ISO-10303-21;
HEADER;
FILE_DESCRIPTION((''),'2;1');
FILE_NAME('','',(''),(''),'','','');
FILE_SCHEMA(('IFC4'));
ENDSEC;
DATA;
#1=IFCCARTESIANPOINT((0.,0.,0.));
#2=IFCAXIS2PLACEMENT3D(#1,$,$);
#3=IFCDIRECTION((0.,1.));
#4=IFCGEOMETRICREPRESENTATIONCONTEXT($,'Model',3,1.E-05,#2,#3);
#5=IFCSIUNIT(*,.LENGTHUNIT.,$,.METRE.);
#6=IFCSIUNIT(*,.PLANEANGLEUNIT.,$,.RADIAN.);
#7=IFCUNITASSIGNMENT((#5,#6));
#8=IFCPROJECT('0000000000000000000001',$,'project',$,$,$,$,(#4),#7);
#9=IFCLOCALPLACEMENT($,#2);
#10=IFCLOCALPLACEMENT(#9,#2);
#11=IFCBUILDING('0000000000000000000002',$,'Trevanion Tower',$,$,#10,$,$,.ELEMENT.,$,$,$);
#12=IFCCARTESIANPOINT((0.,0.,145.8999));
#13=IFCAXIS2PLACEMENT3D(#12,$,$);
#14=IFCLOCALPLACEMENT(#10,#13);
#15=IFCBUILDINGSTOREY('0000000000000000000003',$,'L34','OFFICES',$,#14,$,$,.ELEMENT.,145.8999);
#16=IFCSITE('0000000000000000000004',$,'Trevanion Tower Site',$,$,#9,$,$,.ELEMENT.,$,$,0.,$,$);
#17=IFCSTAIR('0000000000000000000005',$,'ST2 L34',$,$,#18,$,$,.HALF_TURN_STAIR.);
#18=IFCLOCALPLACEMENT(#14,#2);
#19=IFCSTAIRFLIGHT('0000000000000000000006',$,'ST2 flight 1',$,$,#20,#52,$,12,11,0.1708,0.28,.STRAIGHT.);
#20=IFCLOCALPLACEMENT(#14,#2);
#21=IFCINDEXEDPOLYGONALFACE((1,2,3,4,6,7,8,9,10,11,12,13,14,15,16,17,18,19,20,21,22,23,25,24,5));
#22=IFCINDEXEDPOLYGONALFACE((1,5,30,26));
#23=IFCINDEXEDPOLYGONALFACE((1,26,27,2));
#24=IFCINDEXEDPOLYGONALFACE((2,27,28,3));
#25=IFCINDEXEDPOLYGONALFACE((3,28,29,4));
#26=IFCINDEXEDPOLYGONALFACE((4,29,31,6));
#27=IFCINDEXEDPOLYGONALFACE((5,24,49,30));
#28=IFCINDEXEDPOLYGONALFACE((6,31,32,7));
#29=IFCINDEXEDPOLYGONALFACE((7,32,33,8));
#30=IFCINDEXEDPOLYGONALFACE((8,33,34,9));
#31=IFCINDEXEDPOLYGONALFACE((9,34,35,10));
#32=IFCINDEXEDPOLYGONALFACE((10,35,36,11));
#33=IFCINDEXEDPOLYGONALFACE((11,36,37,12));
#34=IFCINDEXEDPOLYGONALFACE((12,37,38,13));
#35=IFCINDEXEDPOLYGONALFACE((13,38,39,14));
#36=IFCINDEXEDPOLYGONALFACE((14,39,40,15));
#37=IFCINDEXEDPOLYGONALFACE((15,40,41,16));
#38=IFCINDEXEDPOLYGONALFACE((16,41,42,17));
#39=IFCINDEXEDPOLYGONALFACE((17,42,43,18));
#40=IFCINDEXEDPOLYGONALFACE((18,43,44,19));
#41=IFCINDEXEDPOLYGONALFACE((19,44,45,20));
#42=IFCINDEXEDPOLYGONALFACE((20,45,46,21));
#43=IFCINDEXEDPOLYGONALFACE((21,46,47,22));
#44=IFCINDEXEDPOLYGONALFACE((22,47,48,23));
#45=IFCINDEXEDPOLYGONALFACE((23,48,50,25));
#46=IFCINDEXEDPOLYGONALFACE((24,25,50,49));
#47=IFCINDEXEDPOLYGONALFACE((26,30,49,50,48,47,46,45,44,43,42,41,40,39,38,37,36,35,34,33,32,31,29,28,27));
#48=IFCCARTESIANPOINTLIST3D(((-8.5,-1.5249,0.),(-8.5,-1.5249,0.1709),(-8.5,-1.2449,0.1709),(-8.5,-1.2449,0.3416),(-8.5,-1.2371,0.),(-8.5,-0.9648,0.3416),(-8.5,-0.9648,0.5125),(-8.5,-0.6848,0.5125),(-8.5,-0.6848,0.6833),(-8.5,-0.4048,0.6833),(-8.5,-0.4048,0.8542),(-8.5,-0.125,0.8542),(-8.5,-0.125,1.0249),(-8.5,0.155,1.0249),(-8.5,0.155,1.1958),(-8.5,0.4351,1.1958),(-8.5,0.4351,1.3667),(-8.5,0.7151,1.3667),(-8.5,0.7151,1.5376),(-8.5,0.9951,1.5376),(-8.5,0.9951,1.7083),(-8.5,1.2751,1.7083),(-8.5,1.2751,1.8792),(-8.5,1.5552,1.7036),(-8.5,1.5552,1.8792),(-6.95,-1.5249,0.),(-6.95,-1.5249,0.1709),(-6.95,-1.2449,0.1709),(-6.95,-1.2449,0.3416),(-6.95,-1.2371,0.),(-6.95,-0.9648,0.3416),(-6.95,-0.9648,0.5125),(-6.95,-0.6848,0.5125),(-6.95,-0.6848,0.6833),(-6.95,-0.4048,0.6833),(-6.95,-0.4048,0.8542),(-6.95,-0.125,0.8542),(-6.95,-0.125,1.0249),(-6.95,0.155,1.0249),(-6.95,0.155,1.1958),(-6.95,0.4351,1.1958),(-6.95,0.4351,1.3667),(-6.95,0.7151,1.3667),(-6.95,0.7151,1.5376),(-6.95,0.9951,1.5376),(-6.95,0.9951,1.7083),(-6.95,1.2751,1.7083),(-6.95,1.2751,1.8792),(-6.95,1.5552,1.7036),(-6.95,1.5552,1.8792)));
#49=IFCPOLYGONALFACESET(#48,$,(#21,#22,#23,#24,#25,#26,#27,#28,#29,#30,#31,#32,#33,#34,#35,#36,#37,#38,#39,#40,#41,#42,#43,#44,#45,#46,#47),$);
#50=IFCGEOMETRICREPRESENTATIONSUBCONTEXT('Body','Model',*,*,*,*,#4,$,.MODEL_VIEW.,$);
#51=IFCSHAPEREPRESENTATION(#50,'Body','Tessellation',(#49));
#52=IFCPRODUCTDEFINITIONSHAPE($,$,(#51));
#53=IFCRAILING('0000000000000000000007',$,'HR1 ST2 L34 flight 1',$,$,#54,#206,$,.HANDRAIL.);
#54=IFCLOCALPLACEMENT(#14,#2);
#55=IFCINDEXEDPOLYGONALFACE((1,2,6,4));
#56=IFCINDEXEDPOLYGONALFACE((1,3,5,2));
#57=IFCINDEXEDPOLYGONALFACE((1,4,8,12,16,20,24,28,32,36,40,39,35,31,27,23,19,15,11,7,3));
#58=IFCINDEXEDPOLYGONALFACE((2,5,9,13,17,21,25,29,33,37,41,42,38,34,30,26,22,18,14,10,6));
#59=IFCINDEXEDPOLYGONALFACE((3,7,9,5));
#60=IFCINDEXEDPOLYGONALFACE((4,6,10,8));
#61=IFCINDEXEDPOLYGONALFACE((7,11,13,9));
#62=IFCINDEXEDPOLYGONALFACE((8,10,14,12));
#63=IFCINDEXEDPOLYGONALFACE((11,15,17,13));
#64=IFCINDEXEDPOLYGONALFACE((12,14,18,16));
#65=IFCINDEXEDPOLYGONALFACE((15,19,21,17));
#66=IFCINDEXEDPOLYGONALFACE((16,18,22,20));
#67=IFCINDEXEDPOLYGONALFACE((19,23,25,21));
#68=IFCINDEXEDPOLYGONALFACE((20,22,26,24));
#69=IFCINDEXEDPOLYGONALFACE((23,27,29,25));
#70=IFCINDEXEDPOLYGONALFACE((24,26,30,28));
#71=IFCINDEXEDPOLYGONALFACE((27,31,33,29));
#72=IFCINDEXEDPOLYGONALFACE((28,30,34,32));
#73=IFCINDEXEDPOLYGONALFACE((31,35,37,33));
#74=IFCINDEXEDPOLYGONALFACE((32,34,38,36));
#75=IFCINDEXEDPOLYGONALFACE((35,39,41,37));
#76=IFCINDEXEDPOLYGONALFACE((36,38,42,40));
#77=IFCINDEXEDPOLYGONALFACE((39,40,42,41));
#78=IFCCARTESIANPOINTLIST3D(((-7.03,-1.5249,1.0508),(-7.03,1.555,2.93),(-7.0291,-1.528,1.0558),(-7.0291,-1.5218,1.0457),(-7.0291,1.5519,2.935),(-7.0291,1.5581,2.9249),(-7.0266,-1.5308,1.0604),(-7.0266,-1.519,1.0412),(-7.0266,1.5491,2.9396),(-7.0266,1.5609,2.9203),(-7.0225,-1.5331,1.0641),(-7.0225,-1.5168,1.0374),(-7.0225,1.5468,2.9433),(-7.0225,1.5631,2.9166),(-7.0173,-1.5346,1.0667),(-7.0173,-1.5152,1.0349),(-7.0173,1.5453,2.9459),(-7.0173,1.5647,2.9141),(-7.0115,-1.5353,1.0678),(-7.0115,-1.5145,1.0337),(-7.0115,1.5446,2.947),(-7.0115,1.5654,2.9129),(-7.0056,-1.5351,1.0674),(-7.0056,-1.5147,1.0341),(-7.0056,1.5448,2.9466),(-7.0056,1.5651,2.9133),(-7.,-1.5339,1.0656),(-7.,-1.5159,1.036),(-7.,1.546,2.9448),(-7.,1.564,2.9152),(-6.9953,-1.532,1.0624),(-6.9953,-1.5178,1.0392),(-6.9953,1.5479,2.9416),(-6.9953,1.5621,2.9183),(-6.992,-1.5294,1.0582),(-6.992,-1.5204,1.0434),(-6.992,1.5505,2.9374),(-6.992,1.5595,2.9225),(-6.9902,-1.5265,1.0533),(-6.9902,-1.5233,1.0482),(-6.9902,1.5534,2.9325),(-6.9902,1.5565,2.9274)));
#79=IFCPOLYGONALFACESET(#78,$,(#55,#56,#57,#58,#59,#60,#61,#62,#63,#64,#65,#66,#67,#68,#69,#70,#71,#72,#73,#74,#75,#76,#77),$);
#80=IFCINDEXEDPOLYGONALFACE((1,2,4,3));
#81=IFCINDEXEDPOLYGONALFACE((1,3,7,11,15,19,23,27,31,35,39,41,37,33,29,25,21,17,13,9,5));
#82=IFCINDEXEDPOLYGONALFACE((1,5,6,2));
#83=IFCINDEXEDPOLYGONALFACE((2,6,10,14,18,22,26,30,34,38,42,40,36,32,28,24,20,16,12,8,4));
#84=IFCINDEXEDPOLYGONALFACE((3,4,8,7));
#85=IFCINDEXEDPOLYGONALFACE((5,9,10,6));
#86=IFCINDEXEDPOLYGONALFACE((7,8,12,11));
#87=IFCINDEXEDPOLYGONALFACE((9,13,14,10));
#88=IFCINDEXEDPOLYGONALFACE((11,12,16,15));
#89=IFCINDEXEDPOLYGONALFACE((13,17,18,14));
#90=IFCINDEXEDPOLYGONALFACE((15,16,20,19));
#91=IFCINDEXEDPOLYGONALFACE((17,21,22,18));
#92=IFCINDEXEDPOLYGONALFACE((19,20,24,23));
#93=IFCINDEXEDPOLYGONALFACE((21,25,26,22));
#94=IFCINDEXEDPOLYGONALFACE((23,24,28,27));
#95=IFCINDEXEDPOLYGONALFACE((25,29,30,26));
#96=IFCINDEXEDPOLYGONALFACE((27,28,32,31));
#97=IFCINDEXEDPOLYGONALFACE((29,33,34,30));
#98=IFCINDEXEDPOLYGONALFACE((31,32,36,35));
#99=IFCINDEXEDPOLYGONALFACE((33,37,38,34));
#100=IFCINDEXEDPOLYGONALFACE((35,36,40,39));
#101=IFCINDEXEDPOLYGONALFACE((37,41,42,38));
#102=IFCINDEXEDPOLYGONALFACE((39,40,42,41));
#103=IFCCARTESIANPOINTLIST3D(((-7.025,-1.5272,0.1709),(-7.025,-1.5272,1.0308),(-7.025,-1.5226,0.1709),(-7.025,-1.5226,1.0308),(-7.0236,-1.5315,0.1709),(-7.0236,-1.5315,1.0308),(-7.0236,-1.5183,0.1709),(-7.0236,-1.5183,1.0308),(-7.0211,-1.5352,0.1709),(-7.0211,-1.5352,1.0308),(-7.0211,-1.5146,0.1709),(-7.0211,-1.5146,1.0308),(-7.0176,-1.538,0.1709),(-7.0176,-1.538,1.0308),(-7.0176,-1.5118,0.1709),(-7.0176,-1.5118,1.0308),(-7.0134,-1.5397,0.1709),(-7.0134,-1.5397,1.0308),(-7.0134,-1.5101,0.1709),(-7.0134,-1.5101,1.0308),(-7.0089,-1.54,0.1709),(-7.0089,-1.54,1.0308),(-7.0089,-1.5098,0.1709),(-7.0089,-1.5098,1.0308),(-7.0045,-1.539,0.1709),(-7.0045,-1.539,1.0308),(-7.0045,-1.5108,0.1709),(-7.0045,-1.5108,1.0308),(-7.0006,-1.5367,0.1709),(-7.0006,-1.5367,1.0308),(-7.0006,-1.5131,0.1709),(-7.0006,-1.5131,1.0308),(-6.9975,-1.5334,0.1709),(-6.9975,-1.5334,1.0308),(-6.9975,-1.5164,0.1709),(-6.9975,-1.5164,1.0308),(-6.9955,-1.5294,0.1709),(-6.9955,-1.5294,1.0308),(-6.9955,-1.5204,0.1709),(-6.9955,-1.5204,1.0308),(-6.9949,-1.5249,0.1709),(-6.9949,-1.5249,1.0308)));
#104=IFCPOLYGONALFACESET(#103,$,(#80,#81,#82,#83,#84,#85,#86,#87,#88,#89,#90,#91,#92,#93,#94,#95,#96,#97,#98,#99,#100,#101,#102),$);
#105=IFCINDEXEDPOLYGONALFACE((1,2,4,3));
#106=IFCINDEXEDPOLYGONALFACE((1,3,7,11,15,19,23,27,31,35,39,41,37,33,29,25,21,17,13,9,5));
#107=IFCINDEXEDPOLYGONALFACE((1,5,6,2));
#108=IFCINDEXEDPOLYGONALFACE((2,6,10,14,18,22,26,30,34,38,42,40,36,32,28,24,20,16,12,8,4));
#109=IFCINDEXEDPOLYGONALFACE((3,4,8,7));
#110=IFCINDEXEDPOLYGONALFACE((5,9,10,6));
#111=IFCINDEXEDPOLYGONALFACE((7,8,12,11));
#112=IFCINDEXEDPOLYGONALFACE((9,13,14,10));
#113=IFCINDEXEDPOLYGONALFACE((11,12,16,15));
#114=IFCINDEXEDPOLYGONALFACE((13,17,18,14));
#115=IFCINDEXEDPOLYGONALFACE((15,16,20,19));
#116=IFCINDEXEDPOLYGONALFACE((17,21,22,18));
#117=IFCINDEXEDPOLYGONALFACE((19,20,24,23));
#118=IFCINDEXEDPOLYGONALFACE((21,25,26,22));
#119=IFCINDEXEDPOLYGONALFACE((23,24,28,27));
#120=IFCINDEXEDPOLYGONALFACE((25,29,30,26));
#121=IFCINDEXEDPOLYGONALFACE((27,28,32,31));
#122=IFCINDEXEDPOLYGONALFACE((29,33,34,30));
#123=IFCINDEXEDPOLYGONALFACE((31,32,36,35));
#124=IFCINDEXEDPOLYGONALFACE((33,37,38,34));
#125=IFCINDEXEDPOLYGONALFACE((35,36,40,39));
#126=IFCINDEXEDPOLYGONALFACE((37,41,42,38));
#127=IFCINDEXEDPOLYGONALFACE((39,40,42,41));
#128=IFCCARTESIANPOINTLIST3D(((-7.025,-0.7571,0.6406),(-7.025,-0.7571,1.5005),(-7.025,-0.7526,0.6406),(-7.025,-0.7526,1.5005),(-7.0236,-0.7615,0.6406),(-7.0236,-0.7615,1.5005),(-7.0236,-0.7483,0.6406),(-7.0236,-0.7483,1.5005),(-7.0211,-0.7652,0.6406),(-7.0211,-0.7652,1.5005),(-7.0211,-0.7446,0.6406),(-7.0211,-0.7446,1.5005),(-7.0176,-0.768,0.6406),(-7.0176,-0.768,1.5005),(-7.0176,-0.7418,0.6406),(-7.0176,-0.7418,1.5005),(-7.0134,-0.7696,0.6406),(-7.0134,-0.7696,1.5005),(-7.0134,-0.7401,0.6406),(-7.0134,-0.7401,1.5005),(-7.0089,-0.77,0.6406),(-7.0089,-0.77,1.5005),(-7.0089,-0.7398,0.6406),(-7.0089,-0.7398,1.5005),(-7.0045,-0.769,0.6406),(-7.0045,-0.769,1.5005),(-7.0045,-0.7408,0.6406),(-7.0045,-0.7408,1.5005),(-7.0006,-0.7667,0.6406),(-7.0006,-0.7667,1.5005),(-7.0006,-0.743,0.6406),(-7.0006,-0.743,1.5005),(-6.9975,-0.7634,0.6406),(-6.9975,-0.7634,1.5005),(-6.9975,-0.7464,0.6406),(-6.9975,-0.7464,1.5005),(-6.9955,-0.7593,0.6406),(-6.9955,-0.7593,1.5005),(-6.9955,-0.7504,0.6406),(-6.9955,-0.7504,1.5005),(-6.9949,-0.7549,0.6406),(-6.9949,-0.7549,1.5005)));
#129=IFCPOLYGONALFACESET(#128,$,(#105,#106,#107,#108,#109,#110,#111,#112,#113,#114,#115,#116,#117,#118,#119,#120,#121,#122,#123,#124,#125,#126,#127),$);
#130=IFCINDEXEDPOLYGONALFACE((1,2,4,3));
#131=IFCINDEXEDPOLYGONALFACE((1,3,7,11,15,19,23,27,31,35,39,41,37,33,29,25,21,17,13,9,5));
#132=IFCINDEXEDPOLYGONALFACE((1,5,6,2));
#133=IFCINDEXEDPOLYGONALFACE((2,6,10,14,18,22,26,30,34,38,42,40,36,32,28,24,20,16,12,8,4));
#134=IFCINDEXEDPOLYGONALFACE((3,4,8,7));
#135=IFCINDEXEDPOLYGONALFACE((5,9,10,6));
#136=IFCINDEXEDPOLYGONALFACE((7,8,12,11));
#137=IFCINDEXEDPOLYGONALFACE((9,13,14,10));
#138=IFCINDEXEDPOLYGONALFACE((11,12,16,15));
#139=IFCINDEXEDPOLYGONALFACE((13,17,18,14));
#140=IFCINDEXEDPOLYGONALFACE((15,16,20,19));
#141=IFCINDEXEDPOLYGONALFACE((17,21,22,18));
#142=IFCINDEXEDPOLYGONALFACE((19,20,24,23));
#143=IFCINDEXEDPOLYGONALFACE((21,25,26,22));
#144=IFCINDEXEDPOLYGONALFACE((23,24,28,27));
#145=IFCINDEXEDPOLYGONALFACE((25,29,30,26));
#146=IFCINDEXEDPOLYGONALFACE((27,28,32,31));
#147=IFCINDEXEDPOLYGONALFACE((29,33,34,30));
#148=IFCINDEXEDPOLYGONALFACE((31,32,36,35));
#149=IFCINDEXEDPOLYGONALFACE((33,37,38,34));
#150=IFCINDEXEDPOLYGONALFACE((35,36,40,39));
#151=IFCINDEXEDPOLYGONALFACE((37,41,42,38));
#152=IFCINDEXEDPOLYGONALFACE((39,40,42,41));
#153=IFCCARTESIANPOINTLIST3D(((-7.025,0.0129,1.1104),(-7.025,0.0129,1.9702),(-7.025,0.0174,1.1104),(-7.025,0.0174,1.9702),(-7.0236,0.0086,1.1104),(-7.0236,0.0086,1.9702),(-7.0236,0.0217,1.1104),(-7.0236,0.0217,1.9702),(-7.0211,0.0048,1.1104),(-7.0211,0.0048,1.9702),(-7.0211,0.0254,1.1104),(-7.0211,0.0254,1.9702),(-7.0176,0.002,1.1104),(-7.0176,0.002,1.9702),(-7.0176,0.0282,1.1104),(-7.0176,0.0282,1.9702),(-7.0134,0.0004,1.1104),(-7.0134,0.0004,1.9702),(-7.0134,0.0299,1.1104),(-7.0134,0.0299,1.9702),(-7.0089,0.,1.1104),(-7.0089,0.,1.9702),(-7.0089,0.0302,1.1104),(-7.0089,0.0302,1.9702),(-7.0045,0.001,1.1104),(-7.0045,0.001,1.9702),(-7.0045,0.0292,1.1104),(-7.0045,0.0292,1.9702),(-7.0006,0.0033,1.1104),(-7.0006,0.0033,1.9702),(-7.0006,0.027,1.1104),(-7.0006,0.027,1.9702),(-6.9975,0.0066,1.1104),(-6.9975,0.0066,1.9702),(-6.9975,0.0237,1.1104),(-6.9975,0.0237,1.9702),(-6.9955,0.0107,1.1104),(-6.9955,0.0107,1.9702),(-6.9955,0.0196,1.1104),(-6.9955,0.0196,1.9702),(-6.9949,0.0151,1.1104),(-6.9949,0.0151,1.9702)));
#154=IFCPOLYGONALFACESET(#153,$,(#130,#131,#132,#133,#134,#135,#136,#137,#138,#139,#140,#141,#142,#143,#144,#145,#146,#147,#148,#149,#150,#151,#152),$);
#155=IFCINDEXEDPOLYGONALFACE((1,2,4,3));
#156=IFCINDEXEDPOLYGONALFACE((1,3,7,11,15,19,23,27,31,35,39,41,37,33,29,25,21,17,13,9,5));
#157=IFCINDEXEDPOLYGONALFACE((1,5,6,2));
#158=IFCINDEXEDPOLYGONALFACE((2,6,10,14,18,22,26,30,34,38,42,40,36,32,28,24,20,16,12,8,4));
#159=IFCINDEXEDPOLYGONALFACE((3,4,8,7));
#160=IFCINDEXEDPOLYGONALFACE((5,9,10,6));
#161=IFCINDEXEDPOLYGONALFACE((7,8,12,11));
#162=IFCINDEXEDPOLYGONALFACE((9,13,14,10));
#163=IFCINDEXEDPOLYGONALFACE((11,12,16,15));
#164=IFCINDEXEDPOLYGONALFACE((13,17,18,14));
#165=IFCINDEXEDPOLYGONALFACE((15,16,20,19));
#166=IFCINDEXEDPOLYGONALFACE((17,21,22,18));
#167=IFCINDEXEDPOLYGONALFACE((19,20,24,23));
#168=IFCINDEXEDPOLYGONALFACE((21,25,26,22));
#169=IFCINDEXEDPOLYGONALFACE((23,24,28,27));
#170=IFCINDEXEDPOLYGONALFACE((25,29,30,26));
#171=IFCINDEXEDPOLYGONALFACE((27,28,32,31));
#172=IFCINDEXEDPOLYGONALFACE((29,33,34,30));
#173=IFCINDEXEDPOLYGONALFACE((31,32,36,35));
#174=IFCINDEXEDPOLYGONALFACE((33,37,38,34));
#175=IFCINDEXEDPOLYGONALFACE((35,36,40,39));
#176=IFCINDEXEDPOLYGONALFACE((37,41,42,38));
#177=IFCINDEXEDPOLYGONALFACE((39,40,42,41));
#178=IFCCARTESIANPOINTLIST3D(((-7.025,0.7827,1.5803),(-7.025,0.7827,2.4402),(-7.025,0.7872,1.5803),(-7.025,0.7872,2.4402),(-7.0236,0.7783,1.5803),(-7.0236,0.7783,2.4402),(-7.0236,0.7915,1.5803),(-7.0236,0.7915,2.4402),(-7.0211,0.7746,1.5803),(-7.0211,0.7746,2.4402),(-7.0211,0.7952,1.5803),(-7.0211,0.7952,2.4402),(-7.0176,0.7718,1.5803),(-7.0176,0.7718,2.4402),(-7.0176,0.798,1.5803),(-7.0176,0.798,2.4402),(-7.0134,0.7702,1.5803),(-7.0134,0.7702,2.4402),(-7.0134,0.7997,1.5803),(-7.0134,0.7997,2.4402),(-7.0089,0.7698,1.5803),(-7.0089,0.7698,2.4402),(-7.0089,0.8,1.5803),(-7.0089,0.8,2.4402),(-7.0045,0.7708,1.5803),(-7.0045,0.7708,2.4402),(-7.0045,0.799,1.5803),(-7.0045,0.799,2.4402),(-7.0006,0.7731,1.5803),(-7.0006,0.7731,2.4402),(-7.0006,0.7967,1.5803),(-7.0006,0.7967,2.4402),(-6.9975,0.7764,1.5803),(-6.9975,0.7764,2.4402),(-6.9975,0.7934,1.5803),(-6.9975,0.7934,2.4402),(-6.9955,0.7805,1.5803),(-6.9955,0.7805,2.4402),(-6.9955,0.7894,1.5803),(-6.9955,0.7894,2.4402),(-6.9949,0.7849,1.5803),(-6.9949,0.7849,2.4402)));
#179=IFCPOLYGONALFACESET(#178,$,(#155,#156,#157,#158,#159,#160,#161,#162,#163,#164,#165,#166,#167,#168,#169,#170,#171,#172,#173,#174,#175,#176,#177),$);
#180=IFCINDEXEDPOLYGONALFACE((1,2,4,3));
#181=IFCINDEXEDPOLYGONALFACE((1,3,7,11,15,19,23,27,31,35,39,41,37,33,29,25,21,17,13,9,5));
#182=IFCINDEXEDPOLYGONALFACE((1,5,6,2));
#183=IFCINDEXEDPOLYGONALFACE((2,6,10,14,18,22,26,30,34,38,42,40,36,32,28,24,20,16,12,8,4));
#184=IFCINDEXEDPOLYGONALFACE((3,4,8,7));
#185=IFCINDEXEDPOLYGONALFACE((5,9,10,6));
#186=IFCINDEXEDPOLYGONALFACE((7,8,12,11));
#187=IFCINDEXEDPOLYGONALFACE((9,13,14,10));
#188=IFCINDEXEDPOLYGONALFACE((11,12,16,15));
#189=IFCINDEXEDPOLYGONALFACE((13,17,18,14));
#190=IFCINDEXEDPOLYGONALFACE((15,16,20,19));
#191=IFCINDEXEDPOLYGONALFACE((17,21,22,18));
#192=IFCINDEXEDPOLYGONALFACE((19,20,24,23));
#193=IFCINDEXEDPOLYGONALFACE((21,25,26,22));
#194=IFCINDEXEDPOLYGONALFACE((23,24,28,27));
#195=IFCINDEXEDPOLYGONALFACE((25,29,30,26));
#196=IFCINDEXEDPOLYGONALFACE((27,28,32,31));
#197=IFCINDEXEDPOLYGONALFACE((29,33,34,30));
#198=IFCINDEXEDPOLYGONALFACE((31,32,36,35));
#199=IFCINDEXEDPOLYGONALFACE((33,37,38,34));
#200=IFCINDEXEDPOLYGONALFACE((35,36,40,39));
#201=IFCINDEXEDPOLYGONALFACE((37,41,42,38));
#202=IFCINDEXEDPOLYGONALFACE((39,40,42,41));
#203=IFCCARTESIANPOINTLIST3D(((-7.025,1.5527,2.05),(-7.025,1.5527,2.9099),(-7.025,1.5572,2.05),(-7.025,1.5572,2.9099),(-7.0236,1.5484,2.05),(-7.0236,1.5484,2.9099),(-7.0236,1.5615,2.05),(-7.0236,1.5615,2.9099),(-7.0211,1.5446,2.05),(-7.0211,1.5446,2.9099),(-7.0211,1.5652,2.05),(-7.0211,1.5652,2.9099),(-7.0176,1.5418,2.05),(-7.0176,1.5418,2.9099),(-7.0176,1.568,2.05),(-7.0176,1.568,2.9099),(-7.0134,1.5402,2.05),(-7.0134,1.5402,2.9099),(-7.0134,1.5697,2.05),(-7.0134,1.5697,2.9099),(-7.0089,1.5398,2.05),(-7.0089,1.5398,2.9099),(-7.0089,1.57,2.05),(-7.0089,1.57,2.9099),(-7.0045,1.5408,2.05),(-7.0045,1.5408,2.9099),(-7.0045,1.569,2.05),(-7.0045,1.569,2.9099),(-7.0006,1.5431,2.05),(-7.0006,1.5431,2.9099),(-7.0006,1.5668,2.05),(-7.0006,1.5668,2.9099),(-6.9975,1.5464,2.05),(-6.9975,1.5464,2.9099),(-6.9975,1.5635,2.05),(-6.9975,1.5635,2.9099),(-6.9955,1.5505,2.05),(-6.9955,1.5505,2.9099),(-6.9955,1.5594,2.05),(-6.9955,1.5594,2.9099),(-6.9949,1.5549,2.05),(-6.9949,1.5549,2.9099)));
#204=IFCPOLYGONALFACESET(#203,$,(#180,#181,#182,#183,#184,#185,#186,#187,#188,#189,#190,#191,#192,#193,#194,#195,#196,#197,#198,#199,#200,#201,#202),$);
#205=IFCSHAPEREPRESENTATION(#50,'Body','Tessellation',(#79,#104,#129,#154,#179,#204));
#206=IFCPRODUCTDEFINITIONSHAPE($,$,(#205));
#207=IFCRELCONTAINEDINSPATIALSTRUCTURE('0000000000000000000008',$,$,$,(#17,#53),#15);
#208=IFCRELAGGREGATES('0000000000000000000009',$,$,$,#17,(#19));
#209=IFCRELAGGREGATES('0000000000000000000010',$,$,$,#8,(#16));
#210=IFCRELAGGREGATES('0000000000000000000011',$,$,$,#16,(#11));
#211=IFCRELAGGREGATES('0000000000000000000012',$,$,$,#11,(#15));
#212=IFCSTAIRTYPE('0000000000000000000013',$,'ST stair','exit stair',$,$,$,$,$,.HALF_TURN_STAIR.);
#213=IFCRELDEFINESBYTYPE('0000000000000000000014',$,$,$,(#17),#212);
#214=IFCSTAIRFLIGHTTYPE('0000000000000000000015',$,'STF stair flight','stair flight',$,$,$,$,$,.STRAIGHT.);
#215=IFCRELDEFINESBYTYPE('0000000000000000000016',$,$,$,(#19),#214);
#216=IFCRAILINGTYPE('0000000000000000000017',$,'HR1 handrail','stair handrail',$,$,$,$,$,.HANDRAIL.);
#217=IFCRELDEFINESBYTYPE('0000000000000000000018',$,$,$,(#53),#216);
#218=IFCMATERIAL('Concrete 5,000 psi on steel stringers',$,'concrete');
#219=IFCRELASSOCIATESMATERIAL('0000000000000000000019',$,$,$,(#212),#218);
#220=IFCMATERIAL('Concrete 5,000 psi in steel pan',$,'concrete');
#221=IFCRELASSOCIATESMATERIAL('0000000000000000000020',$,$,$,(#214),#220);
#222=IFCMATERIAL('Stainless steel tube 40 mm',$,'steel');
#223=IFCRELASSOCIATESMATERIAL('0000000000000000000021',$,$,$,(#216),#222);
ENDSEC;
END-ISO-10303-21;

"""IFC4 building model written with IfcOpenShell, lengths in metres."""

from ifc_helpers import new_model, si_unit, direction, frame, origin, origin_2d, place, context, subcontext, project, spatial, polyline, circle, outline, extrude, material, type_object, element, aggregate, save


model = new_model("IFC4")

# Units and contexts
model_context = context("Model", 3, precision=1e-05, world=origin(), true_north=direction((0.0, 1.0)))
body_context = subcontext(model_context, "Body", "Model", "MODEL_VIEW")
ifc_project = project(units=[si_unit("LENGTHUNIT", "METRE"), si_unit("PLANEANGLEUNIT", "RADIAN")], contexts=[model_context])

# Site, building, storey
site_placement = place(None, origin())
site = spatial("IfcSite", under=ifc_project, at=site_placement, Name="Trevanion Tower Site", CompositionType="ELEMENT", RefElevation=0.0)
building_placement = place(site_placement, origin())
building = spatial("IfcBuilding", under=site, at=building_placement, Name="Trevanion Tower", CompositionType="ELEMENT")
storey_placement = place(building_placement, frame((0.0, 0.0, 145.8999)))
storey = spatial("IfcBuildingStorey", under=building, at=storey_placement, Name="L34", Description="OFFICES", CompositionType="ELEMENT", Elevation=145.8999)

# Stair, stair flight
ifc_material_1 = material(Name="Concrete 5,000 psi on steel stringers", Category="concrete")
stair_type = type_object("IfcStairType", Name="ST stair", Description="exit stair", PredefinedType="HALF_TURN_STAIR", material=ifc_material_1)
stair_placement = place(storey_placement, origin())
stair = element("IfcStair", 1, at=stair_placement, inside=storey, type_object=stair_type, Name="ST2 L34", PredefinedType="HALF_TURN_STAIR")
ifc_material_2 = material(Name="Concrete 5,000 psi in steel pan", Category="concrete")
stair_flight_type = type_object("IfcStairFlightType", Name="STF stair flight", Description="stair flight", PredefinedType="STRAIGHT", material=ifc_material_2)
stair_flight_placement = place(storey_placement, frame((-7.7251, -1.5249, 0.0), z_axis=(0.0, 0.0, 1.0), x_axis=(0.0, 1.0, 0.0)))
stair_flight = element("IfcStairFlight", 2, at=stair_flight_placement, type_object=stair_flight_type, Name="ST2 flight 1", NumberOfRisers=12, NumberOfTreads=11, PredefinedType="STRAIGHT", RiserHeight=0.1708, TreadLength=0.28, context=body_context, shape_type="SweptSolid", body=[
    extrude(outline(polyline([(0.0, 0.0), (0.0, 0.1709), (0.28, 0.1709), (0.28, 0.3416), (0.5601, 0.3416), (0.5601, 0.5125), (0.8401, 0.5125), (0.8401, 0.6833), (1.1201, 0.6833), (1.1201, 0.8542), (1.3999, 0.8542), (1.3999, 1.0249), (1.6799, 1.0249), (1.6799, 1.1958), (1.96, 1.1958), (1.96, 1.3667), (2.24, 1.3667), (2.24, 1.5376), (2.52, 1.5376), (2.52, 1.7083), (2.8, 1.7083), (2.8, 1.8792), (3.0801, 1.8792), (3.0801, 2.05), (3.0801, 1.7036), (0.2878, 0.0), (0.0, 0.0)])), frame((0.0, 0.7749, 0.0), z_axis=(0.0, -1.0, 0.0), x_axis=(1.0, 0.0, 0.0)), (0.0, 0.0, 1.0), 1.55),
])
aggregate(stair, [stair_flight])

# Railing
ifc_material_3 = material(Name="Stainless steel tube 40 mm", Category="steel")
railing_type = type_object("IfcRailingType", Name="HR1 handrail", Description="stair handrail", PredefinedType="HANDRAIL", material=ifc_material_3)
for number, where, name in (
    (3, (-7.01, -1.5249, 0.1709), "HR1 ST2 L34 flight 1"),
):
    element("IfcRailing", number, at=place(storey_placement, frame(where)), inside=storey, type_object=railing_type, Name=name, PredefinedType="HANDRAIL", context=body_context, shape_type="SweptSolid", body=[
        extrude(circle(Radius=0.02, at=origin_2d()), frame((0.0, 0.0, 0.8799), z_axis=(0.0, 0.853648, 0.52085), x_axis=(-1.0, 0.0, 0.0)), (0.0, 0.0, 1.0), 3.6079),
        extrude(circle(Radius=0.0151, at=origin_2d()), origin(), (0.0, 0.0, 1.0), 0.8599),
        extrude(circle(Radius=0.0151, at=origin_2d()), frame((0.0, 0.77, 0.4697)), (0.0, 0.0, 1.0), 0.8599),
        extrude(circle(Radius=0.0151, at=origin_2d()), frame((0.0, 1.54, 0.9395)), (0.0, 0.0, 1.0), 0.8599),
        extrude(circle(Radius=0.0151, at=origin_2d()), frame((0.0, 2.3098, 1.4094)), (0.0, 0.0, 1.0), 0.8599),
        extrude(circle(Radius=0.0151, at=origin_2d()), frame((0.0, 3.0798, 1.8792)), (0.0, 0.0, 1.0), 0.8599),
    ])

save(model, "model.ifc")
